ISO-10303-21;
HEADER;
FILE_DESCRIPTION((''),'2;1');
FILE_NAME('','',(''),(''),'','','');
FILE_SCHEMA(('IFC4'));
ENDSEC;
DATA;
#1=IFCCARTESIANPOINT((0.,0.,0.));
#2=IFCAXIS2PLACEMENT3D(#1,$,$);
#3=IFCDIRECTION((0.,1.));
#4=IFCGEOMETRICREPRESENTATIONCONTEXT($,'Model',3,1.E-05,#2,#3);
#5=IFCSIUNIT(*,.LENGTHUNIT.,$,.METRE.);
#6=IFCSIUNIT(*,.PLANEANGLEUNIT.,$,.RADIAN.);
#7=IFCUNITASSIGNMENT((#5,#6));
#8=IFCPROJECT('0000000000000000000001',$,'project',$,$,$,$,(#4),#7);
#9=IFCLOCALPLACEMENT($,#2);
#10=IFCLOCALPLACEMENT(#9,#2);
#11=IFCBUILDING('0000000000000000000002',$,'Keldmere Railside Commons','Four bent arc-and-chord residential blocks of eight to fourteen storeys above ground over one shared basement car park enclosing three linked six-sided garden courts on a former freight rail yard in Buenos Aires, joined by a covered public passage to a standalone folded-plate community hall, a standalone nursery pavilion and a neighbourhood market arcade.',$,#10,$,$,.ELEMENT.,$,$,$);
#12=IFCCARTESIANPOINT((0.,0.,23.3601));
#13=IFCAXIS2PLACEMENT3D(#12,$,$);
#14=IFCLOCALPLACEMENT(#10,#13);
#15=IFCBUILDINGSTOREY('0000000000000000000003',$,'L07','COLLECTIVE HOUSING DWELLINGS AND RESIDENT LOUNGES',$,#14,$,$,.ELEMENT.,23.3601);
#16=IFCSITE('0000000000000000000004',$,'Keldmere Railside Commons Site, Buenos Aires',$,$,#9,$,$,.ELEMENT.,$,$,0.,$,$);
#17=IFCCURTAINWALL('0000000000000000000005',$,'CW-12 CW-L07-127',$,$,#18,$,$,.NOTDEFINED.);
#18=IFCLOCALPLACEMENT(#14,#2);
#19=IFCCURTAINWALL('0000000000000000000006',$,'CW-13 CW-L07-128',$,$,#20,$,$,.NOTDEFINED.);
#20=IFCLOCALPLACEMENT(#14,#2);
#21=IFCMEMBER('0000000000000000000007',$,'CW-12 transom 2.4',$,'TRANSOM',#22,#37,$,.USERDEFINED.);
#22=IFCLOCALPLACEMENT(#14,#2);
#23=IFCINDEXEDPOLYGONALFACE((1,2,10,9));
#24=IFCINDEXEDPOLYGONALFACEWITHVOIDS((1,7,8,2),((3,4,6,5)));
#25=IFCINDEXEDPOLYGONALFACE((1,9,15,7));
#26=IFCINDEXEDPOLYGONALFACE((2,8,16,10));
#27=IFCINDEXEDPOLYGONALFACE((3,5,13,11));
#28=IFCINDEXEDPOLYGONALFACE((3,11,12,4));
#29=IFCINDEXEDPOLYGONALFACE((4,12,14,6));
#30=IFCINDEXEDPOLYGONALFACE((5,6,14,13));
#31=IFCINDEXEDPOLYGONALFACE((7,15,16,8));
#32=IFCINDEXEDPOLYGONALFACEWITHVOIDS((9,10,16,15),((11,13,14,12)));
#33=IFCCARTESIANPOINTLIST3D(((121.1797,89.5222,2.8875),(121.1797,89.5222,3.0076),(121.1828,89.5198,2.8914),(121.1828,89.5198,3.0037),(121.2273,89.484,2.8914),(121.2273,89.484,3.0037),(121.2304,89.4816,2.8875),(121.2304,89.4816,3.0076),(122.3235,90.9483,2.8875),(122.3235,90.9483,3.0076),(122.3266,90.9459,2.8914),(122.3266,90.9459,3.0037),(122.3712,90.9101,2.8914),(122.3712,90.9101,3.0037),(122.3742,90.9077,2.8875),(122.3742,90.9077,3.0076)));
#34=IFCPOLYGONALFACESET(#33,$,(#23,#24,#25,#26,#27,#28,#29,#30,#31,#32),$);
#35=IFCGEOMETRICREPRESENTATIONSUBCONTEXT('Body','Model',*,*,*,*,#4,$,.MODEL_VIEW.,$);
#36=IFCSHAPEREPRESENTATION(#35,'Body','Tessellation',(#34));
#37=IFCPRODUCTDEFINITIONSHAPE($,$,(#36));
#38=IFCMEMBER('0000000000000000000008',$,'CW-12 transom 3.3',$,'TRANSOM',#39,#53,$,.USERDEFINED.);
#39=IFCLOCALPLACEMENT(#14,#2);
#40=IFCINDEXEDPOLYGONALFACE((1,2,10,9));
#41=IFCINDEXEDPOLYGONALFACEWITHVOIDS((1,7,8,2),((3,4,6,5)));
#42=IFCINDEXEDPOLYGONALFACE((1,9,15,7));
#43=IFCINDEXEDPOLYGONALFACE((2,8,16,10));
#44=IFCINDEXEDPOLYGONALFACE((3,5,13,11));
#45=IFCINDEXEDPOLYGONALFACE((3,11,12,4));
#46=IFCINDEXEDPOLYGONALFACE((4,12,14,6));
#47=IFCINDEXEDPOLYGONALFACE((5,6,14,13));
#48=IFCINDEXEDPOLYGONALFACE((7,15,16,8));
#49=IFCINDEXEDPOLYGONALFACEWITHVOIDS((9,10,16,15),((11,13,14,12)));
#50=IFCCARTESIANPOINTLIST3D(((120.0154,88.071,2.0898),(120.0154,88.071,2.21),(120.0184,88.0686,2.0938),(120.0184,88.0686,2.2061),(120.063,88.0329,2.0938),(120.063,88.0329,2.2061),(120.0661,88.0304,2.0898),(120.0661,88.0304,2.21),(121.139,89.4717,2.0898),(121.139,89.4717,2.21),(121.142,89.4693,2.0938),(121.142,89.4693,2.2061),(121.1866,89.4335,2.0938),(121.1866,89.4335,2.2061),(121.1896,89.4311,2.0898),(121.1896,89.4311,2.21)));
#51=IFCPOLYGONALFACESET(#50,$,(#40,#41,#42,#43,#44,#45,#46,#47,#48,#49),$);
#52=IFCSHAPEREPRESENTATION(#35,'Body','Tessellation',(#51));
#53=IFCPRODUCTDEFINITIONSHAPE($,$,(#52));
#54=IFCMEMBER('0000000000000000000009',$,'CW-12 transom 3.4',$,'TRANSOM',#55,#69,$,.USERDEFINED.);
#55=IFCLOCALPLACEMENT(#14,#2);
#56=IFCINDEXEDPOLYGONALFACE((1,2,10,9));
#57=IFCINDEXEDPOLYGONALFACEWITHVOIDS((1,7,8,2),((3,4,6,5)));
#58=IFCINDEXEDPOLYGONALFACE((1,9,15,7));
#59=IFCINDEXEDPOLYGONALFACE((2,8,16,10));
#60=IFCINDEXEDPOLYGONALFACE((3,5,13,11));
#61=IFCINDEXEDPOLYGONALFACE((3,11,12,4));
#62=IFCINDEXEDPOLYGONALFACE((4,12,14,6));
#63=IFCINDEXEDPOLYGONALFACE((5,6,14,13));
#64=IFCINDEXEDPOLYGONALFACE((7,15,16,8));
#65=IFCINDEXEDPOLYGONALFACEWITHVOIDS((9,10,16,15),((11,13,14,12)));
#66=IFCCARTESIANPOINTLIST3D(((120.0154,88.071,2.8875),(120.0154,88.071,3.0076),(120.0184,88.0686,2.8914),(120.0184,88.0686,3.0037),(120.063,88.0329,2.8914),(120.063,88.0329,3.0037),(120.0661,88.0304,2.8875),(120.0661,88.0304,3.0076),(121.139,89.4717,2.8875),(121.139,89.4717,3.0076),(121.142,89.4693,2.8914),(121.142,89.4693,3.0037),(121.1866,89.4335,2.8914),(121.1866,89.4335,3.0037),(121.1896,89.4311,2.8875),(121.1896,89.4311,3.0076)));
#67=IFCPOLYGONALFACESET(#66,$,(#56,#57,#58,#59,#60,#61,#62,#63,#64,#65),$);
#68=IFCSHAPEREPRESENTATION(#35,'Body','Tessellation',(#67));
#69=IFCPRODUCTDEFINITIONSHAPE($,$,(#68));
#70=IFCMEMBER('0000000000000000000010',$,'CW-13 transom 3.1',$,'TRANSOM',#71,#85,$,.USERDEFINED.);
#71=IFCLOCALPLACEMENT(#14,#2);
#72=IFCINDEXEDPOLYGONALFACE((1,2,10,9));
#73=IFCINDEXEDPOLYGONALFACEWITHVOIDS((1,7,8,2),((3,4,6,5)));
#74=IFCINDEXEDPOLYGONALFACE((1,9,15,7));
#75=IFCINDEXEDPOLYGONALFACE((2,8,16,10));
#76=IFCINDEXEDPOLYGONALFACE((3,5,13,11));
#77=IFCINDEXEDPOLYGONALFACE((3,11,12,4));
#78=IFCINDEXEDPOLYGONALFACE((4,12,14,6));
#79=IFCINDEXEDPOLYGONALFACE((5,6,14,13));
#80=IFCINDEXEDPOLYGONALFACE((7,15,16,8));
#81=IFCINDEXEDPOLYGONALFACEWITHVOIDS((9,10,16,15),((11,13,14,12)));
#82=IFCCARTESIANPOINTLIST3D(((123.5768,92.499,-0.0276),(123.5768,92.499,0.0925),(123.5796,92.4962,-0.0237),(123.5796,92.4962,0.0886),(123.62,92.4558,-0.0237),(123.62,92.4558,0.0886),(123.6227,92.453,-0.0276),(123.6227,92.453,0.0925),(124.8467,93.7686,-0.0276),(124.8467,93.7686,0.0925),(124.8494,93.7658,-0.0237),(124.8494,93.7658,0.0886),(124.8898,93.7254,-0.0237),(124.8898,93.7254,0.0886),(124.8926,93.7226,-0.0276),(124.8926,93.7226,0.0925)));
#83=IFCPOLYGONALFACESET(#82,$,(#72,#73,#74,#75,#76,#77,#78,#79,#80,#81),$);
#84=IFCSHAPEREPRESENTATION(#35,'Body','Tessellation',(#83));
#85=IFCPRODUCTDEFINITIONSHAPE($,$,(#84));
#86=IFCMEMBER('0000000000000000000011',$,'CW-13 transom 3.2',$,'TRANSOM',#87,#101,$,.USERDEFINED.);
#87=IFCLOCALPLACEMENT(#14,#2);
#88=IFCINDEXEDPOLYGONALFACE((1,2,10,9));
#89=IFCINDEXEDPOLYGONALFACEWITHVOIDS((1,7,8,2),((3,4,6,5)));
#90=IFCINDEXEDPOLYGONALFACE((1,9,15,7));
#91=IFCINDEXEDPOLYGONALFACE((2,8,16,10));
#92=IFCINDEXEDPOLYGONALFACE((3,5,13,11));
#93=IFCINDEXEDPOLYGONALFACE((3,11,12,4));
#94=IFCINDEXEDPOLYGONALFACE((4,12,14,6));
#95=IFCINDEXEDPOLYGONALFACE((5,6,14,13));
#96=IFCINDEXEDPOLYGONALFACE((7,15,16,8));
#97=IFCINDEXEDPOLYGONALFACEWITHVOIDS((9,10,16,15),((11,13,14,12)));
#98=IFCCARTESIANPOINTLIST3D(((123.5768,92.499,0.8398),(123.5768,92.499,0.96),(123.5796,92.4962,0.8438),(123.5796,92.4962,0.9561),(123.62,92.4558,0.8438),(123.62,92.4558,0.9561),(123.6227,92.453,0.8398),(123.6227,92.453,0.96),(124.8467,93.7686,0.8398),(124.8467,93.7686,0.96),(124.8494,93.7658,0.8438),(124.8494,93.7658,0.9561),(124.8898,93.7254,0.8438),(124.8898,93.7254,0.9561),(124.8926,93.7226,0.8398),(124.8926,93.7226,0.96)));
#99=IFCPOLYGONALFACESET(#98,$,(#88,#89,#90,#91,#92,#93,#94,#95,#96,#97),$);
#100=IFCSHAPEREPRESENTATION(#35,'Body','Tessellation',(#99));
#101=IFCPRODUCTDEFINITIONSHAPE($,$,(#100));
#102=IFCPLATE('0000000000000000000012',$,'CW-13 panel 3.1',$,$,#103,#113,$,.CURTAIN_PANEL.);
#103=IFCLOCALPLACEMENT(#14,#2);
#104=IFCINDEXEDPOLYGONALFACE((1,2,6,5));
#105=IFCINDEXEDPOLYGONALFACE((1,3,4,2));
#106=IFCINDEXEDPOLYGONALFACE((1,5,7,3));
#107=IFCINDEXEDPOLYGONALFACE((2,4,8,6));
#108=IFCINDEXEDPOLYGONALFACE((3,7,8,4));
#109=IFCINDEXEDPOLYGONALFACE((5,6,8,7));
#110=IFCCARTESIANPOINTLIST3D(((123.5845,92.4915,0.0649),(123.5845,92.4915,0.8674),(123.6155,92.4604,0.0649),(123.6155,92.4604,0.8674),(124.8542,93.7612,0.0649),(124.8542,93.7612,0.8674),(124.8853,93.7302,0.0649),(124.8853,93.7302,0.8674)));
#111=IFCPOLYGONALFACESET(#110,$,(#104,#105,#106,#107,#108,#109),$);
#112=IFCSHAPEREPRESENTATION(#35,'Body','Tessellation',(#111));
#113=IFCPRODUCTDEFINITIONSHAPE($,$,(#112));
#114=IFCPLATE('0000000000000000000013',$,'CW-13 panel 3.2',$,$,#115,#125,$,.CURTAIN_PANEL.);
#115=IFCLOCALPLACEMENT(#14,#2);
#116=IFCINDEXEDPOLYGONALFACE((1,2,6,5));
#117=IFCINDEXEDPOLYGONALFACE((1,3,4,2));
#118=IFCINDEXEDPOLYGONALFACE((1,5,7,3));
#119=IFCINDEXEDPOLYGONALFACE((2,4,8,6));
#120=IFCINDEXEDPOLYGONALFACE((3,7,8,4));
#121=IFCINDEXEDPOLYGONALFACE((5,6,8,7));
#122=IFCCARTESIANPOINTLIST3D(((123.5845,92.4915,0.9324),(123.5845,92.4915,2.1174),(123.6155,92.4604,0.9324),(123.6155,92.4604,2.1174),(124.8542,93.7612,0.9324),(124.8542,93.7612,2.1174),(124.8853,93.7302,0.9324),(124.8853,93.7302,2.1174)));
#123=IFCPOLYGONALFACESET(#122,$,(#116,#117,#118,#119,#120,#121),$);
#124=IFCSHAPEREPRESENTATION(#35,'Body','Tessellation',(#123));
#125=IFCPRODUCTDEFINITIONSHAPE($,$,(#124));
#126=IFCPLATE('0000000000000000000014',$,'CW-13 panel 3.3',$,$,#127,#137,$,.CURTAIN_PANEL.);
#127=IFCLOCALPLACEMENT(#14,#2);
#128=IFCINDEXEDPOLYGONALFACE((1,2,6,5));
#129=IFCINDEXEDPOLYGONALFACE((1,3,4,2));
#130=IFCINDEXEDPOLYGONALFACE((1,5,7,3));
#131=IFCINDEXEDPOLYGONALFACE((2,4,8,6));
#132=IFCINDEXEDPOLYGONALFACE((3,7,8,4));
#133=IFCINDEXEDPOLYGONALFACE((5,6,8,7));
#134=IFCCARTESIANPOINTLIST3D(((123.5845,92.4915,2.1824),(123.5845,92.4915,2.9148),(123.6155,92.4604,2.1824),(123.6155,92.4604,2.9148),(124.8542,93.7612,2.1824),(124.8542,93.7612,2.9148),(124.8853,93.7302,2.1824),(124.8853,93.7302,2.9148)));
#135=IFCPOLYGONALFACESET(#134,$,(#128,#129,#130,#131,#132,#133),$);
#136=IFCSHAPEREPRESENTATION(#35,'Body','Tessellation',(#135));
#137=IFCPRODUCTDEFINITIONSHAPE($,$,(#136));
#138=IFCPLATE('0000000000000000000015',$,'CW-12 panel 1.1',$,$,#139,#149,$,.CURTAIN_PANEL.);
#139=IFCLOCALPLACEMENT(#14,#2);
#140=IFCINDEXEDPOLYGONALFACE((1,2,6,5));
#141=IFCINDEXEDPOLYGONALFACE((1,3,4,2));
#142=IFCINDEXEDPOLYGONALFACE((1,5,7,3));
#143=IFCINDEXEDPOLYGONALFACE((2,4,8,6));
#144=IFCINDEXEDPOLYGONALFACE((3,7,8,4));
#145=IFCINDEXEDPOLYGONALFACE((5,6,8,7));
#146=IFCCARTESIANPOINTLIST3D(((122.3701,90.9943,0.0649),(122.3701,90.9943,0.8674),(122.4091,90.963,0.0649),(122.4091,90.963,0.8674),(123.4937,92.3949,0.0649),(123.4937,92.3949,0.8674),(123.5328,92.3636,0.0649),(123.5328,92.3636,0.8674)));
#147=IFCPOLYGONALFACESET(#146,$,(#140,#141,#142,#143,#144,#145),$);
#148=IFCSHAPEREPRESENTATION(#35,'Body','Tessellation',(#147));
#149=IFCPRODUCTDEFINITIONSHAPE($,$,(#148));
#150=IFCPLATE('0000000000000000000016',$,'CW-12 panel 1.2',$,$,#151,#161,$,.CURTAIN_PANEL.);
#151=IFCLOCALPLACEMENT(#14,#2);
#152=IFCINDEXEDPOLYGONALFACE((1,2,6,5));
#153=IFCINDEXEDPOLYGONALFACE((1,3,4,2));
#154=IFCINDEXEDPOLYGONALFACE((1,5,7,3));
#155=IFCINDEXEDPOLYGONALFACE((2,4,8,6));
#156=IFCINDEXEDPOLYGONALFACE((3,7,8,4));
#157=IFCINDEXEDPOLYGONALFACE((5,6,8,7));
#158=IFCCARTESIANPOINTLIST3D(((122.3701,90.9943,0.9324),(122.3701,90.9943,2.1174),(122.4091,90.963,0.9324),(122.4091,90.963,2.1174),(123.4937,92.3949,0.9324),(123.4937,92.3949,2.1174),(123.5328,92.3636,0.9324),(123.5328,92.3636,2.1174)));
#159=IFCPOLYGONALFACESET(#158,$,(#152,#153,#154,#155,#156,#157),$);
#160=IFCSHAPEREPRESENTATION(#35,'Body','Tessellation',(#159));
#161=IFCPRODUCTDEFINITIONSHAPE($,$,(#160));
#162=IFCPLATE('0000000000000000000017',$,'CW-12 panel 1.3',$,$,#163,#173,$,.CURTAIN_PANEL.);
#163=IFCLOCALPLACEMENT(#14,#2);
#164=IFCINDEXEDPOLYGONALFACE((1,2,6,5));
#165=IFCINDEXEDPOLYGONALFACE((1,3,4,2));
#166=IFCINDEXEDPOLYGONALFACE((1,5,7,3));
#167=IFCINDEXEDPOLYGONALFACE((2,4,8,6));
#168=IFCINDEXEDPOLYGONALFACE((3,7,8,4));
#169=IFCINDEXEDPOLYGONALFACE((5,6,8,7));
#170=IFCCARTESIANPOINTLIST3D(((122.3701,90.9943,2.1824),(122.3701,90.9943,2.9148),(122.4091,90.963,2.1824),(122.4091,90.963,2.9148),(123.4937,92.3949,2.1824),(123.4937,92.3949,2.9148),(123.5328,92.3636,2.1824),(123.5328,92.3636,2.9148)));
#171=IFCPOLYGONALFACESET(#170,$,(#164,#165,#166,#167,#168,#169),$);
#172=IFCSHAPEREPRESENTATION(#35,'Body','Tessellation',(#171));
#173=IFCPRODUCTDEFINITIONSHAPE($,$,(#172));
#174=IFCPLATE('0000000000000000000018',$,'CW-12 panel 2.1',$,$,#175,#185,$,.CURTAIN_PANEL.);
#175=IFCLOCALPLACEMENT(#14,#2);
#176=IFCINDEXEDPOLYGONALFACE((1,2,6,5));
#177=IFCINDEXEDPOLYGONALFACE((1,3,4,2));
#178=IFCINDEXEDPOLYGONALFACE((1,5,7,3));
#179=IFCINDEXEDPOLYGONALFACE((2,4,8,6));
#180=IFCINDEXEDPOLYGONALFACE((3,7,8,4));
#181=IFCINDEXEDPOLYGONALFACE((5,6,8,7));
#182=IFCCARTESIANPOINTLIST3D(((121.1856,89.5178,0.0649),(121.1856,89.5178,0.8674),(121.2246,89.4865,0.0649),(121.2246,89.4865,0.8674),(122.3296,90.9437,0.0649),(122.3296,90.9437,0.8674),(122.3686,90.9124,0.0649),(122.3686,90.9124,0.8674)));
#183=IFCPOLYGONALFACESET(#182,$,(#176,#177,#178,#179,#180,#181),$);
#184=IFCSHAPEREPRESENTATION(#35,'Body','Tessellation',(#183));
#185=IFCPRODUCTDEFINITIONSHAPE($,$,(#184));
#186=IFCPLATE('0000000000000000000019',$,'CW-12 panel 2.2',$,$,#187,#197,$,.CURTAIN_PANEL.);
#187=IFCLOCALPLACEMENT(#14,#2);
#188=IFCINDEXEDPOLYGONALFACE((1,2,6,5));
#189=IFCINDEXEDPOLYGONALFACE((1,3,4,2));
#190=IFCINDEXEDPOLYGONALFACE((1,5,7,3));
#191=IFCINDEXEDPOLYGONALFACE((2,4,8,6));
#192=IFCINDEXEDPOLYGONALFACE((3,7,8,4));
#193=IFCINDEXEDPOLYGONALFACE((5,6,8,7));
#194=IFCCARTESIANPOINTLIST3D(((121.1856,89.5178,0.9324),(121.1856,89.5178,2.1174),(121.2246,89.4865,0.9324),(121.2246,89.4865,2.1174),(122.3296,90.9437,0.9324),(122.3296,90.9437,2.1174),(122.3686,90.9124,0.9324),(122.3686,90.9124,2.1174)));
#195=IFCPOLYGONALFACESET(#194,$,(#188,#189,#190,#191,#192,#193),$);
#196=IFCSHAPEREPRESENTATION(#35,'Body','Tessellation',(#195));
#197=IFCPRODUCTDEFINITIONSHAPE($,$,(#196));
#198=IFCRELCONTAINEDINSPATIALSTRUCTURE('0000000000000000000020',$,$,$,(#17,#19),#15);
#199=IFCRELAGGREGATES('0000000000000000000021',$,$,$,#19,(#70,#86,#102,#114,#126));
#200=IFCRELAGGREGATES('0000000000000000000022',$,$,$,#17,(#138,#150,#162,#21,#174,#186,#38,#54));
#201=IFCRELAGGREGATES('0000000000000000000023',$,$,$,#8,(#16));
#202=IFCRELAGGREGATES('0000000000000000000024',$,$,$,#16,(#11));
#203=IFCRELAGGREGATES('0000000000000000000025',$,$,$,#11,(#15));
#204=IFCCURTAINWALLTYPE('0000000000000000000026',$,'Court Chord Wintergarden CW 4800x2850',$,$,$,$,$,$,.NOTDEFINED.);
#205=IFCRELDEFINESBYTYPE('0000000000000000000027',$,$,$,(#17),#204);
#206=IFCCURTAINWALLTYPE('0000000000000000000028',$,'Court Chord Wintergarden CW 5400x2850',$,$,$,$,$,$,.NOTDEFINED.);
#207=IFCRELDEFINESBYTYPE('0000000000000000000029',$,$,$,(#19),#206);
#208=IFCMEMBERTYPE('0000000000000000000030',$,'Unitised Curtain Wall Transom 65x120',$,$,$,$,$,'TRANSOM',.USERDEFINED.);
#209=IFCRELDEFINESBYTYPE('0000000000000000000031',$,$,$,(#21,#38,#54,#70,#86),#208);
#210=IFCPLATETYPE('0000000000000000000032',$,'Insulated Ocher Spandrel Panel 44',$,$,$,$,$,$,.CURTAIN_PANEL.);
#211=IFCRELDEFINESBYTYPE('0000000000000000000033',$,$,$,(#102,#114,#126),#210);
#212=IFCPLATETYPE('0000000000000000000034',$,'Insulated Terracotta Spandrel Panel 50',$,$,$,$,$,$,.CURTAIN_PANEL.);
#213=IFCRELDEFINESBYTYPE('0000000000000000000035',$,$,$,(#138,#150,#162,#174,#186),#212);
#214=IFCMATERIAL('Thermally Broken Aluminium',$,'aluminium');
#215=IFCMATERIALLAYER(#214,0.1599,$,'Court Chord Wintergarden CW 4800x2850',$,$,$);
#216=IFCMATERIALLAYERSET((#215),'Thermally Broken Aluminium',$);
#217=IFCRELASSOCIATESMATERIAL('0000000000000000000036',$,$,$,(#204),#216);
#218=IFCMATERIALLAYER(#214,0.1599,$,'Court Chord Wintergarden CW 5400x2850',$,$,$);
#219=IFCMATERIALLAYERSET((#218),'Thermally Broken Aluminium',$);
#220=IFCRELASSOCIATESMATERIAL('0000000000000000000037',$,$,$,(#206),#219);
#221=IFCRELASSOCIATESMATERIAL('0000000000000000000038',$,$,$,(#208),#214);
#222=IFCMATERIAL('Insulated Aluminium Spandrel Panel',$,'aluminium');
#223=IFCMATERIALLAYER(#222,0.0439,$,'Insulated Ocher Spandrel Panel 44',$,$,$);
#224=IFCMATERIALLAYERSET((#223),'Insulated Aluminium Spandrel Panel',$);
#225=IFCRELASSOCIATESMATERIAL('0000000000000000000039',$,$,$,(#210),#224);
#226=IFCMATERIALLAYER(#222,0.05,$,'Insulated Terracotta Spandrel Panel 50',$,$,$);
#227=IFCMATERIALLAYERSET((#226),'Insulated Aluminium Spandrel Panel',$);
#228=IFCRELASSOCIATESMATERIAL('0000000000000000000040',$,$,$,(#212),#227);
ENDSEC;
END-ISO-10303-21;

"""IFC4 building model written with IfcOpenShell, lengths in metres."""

from ifc_helpers import new_model, si_unit, direction, frame, origin, origin_2d, place, context, subcontext, project, spatial, rectangle, hollow_rectangle, extrude, material, layer, layer_set, material_profile, profile_set, type_object, element, aggregate, save


model = new_model("IFC4")

# Units and contexts
model_context = context("Model", 3, precision=1e-05, world=origin(), true_north=direction((0.0, 1.0)))
body_context = subcontext(model_context, "Body", "Model", "MODEL_VIEW")
ifc_project = project(units=[si_unit("LENGTHUNIT", "METRE"), si_unit("PLANEANGLEUNIT", "RADIAN")], contexts=[model_context])

# Site, building, storey
site_placement = place(None, origin())
site = spatial("IfcSite", under=ifc_project, at=site_placement, Name="Keldmere Railside Commons Site, Buenos Aires", CompositionType="ELEMENT", RefElevation=0.0)
building_placement = place(site_placement, origin())
building = spatial("IfcBuilding", under=site, at=building_placement, Name="Keldmere Railside Commons", Description="Four bent arc-and-chord residential blocks of eight to fourteen storeys above ground over one shared basement car park enclosing three linked six-sided garden courts on a former freight rail yard in Buenos Aires, joined by a covered public passage to a standalone folded-plate community hall, a standalone nursery pavilion and a neighbourhood market arcade.", CompositionType="ELEMENT")
storey_placement = place(building_placement, frame((0.0, 0.0, 23.3601)))
storey = spatial("IfcBuildingStorey", under=building, at=storey_placement, Name="L07", Description="COLLECTIVE HOUSING DWELLINGS AND RESIDENT LOUNGES", CompositionType="ELEMENT", Elevation=23.3601)

# Curtain wall
ifc_material_1 = material(Name="Thermally Broken Aluminium", Category="aluminium")
ifc_layer_1 = layer(ifc_material_1, 0.1599, Name="Court Chord Wintergarden CW 4800x2850")
ifc_layer_set_1 = layer_set([ifc_layer_1], Name="Thermally Broken Aluminium")
curtain_wall_type_1 = type_object("IfcCurtainWallType", Name="Court Chord Wintergarden CW 4800x2850", PredefinedType="NOTDEFINED", material=ifc_layer_set_1)
curtain_wall_1_placement = place(storey_placement, origin())
curtain_wall_1 = element("IfcCurtainWall", 1, at=curtain_wall_1_placement, inside=storey, type_object=curtain_wall_type_1, Name="CW-12 CW-L07-127", PredefinedType="NOTDEFINED")

# Curtain wall
ifc_layer_2 = layer(ifc_material_1, 0.1599, Name="Court Chord Wintergarden CW 5400x2850")
ifc_layer_set_2 = layer_set([ifc_layer_2], Name="Thermally Broken Aluminium")
curtain_wall_type_2 = type_object("IfcCurtainWallType", Name="Court Chord Wintergarden CW 5400x2850", PredefinedType="NOTDEFINED", material=ifc_layer_set_2)
curtain_wall_2_placement = place(storey_placement, origin())
curtain_wall_2 = element("IfcCurtainWall", 2, at=curtain_wall_2_placement, inside=storey, type_object=curtain_wall_type_2, Name="CW-13 CW-L07-128", PredefinedType="NOTDEFINED")

# Members
ifc_material_profile_1 = material_profile(ifc_material_1, hollow_rectangle(XDim=0.0649, YDim=0.1201, WallThickness=0.0039, at=origin_2d()), Name="ALU-TRAN-65x120")
ifc_profile_set_1 = profile_set([ifc_material_profile_1], Name="Thermally Broken Aluminium")
member_type_1 = type_object("IfcMemberType", Name="Unitised Curtain Wall Transom 65x120", ElementType="TRANSOM", PredefinedType="USERDEFINED", material=ifc_profile_set_1)
member_1_placement = place(storey_placement, frame((122.3489, 90.928, 2.9475), z_axis=(-0.625688, -0.780073, 0.0), x_axis=(0.780073, -0.625688, 0.0)))
member_1 = element("IfcMember", 3, at=member_1_placement, type_object=member_type_1, Name="CW-12 transom 2.4", ObjectType="TRANSOM", PredefinedType="USERDEFINED", context=body_context, shape_type="SweptSolid", body=[
    extrude(hollow_rectangle(XDim=0.0649, YDim=0.1201, WallThickness=0.0039, at=origin_2d()), origin(), (0.0, 0.0, 1.0), 1.8281),
])
member_2_placement = place(storey_placement, frame((121.1643, 89.4514, 2.1499), z_axis=(-0.625723, -0.780046, 0.0), x_axis=(0.780046, -0.625723, 0.0)))
member_2 = element("IfcMember", 4, at=member_2_placement, type_object=member_type_1, Name="CW-12 transom 3.3", ObjectType="TRANSOM", PredefinedType="USERDEFINED", context=body_context, shape_type="SweptSolid", body=[
    extrude(hollow_rectangle(XDim=0.0649, YDim=0.1201, WallThickness=0.0039, at=origin_2d()), origin(), (0.0, 0.0, 1.0), 1.7957),
])
member_3_placement = place(storey_placement, frame((121.1643, 89.4514, 2.9475), z_axis=(-0.625723, -0.780046, 0.0), x_axis=(0.780046, -0.625723, 0.0)))
member_3 = element("IfcMember", 5, at=member_3_placement, type_object=member_type_1, Name="CW-12 transom 3.4", ObjectType="TRANSOM", PredefinedType="USERDEFINED", context=body_context, shape_type="SweptSolid", body=[
    extrude(hollow_rectangle(XDim=0.0649, YDim=0.1201, WallThickness=0.0039, at=origin_2d()), origin(), (0.0, 0.0, 1.0), 1.7957),
])
member_4_placement = place(storey_placement, frame((124.8696, 93.7456, 0.0325), z_axis=(-0.707175, -0.707039, 0.0), x_axis=(0.707039, -0.707175, 0.0)))
member_4 = element("IfcMember", 6, at=member_4_placement, type_object=member_type_1, Name="CW-13 transom 3.1", ObjectType="TRANSOM", PredefinedType="USERDEFINED", context=body_context, shape_type="SweptSolid", body=[
    extrude(hollow_rectangle(XDim=0.0649, YDim=0.1201, WallThickness=0.0039, at=origin_2d()), origin(), (0.0, 0.0, 1.0), 1.7957),
])
member_5_placement = place(storey_placement, frame((124.8696, 93.7456, 0.8999), z_axis=(-0.707175, -0.707039, 0.0), x_axis=(0.707039, -0.707175, 0.0)))
member_5 = element("IfcMember", 7, at=member_5_placement, type_object=member_type_1, Name="CW-13 transom 3.2", ObjectType="TRANSOM", PredefinedType="USERDEFINED", context=body_context, shape_type="SweptSolid", body=[
    extrude(hollow_rectangle(XDim=0.0649, YDim=0.1201, WallThickness=0.0039, at=origin_2d()), origin(), (0.0, 0.0, 1.0), 1.7957),
])

# Plates
ifc_material_2 = material(Name="Insulated Aluminium Spandrel Panel", Category="aluminium")
ifc_layer_3 = layer(ifc_material_2, 0.0439, Name="Insulated Ocher Spandrel Panel 44")
ifc_layer_set_3 = layer_set([ifc_layer_3], Name="Insulated Aluminium Spandrel Panel")
plate_type_1 = type_object("IfcPlateType", Name="Insulated Ocher Spandrel Panel 44", PredefinedType="CURTAIN_PANEL", material=ifc_layer_set_3)
plate_1_placement = place(storey_placement, frame((124.2349, 93.1108, 0.0649), z_axis=(0.0, 0.0, 1.0), x_axis=(-0.707107, -0.707107, 0.0)))
plate_1 = element("IfcPlate", 8, at=plate_1_placement, type_object=plate_type_1, Name="CW-13 panel 3.1", PredefinedType="CURTAIN_PANEL", context=body_context, shape_type="SweptSolid", body=[
    extrude(rectangle(XDim=1.7957, YDim=0.0439, at=origin_2d()), origin(), (0.0, 0.0, 1.0), 0.8025),
])
plate_2_placement = place(storey_placement, frame((124.2349, 93.1108, 0.9324), z_axis=(0.0, 0.0, 1.0), x_axis=(-0.707107, -0.707107, 0.0)))
plate_2 = element("IfcPlate", 9, at=plate_2_placement, type_object=plate_type_1, Name="CW-13 panel 3.2", PredefinedType="CURTAIN_PANEL", context=body_context, shape_type="SweptSolid", body=[
    extrude(rectangle(XDim=1.7957, YDim=0.0439, at=origin_2d()), origin(), (0.0, 0.0, 1.0), 1.1851),
])
plate_3_placement = place(storey_placement, frame((124.2349, 93.1108, 2.1824), z_axis=(0.0, 0.0, 1.0), x_axis=(-0.707107, -0.707107, 0.0)))
plate_3 = element("IfcPlate", 10, at=plate_3_placement, type_object=plate_type_1, Name="CW-13 panel 3.3", PredefinedType="CURTAIN_PANEL", context=body_context, shape_type="SweptSolid", body=[
    extrude(rectangle(XDim=1.7957, YDim=0.0439, at=origin_2d()), origin(), (0.0, 0.0, 1.0), 0.7324),
])
aggregate(curtain_wall_2, [member_4, member_5, plate_1, plate_2, plate_3])
ifc_layer_4 = layer(ifc_material_2, 0.05, Name="Insulated Terracotta Spandrel Panel 50")
ifc_layer_set_4 = layer_set([ifc_layer_4], Name="Insulated Aluminium Spandrel Panel")
plate_type_2 = type_object("IfcPlateType", Name="Insulated Terracotta Spandrel Panel 50", PredefinedType="CURTAIN_PANEL", material=ifc_layer_set_4)
plate_4_placement = place(storey_placement, frame((122.9514, 91.679, 0.0649), z_axis=(0.0, 0.0, 1.0), x_axis=(-0.625768, -0.780009, 0.0)))
plate_4 = element("IfcPlate", 11, at=plate_4_placement, type_object=plate_type_2, Name="CW-12 panel 1.1", PredefinedType="CURTAIN_PANEL", context=body_context, shape_type="SweptSolid", body=[
    extrude(rectangle(XDim=1.7957, YDim=0.05, at=origin_2d()), origin(), (0.0, 0.0, 1.0), 0.8025),
])
plate_5_placement = place(storey_placement, frame((122.9514, 91.679, 0.9324), z_axis=(0.0, 0.0, 1.0), x_axis=(-0.625768, -0.780009, 0.0)))
plate_5 = element("IfcPlate", 12, at=plate_5_placement, type_object=plate_type_2, Name="CW-12 panel 1.2", PredefinedType="CURTAIN_PANEL", context=body_context, shape_type="SweptSolid", body=[
    extrude(rectangle(XDim=1.7957, YDim=0.05, at=origin_2d()), origin(), (0.0, 0.0, 1.0), 1.1851),
])
plate_6_placement = place(storey_placement, frame((122.9514, 91.679, 2.1824), z_axis=(0.0, 0.0, 1.0), x_axis=(-0.625768, -0.780009, 0.0)))
plate_6 = element("IfcPlate", 13, at=plate_6_placement, type_object=plate_type_2, Name="CW-12 panel 1.3", PredefinedType="CURTAIN_PANEL", context=body_context, shape_type="SweptSolid", body=[
    extrude(rectangle(XDim=1.7957, YDim=0.05, at=origin_2d()), origin(), (0.0, 0.0, 1.0), 0.7324),
])
plate_7_placement = place(storey_placement, frame((121.7771, 90.2151, 0.0649), z_axis=(0.0, 0.0, 1.0), x_axis=(-0.625768, -0.780009, 0.0)))
plate_7 = element("IfcPlate", 14, at=plate_7_placement, type_object=plate_type_2, Name="CW-12 panel 2.1", PredefinedType="CURTAIN_PANEL", context=body_context, shape_type="SweptSolid", body=[
    extrude(rectangle(XDim=1.8281, YDim=0.05, at=origin_2d()), origin(), (0.0, 0.0, 1.0), 0.8025),
])
plate_8_placement = place(storey_placement, frame((121.7771, 90.2151, 0.9324), z_axis=(0.0, 0.0, 1.0), x_axis=(-0.625768, -0.780009, 0.0)))
plate_8 = element("IfcPlate", 15, at=plate_8_placement, type_object=plate_type_2, Name="CW-12 panel 2.2", PredefinedType="CURTAIN_PANEL", context=body_context, shape_type="SweptSolid", body=[
    extrude(rectangle(XDim=1.8281, YDim=0.05, at=origin_2d()), origin(), (0.0, 0.0, 1.0), 1.1851),
])
aggregate(curtain_wall_1, [plate_4, plate_5, plate_6, member_1, plate_7, plate_8, member_2, member_3])

save(model, "model.ifc")
